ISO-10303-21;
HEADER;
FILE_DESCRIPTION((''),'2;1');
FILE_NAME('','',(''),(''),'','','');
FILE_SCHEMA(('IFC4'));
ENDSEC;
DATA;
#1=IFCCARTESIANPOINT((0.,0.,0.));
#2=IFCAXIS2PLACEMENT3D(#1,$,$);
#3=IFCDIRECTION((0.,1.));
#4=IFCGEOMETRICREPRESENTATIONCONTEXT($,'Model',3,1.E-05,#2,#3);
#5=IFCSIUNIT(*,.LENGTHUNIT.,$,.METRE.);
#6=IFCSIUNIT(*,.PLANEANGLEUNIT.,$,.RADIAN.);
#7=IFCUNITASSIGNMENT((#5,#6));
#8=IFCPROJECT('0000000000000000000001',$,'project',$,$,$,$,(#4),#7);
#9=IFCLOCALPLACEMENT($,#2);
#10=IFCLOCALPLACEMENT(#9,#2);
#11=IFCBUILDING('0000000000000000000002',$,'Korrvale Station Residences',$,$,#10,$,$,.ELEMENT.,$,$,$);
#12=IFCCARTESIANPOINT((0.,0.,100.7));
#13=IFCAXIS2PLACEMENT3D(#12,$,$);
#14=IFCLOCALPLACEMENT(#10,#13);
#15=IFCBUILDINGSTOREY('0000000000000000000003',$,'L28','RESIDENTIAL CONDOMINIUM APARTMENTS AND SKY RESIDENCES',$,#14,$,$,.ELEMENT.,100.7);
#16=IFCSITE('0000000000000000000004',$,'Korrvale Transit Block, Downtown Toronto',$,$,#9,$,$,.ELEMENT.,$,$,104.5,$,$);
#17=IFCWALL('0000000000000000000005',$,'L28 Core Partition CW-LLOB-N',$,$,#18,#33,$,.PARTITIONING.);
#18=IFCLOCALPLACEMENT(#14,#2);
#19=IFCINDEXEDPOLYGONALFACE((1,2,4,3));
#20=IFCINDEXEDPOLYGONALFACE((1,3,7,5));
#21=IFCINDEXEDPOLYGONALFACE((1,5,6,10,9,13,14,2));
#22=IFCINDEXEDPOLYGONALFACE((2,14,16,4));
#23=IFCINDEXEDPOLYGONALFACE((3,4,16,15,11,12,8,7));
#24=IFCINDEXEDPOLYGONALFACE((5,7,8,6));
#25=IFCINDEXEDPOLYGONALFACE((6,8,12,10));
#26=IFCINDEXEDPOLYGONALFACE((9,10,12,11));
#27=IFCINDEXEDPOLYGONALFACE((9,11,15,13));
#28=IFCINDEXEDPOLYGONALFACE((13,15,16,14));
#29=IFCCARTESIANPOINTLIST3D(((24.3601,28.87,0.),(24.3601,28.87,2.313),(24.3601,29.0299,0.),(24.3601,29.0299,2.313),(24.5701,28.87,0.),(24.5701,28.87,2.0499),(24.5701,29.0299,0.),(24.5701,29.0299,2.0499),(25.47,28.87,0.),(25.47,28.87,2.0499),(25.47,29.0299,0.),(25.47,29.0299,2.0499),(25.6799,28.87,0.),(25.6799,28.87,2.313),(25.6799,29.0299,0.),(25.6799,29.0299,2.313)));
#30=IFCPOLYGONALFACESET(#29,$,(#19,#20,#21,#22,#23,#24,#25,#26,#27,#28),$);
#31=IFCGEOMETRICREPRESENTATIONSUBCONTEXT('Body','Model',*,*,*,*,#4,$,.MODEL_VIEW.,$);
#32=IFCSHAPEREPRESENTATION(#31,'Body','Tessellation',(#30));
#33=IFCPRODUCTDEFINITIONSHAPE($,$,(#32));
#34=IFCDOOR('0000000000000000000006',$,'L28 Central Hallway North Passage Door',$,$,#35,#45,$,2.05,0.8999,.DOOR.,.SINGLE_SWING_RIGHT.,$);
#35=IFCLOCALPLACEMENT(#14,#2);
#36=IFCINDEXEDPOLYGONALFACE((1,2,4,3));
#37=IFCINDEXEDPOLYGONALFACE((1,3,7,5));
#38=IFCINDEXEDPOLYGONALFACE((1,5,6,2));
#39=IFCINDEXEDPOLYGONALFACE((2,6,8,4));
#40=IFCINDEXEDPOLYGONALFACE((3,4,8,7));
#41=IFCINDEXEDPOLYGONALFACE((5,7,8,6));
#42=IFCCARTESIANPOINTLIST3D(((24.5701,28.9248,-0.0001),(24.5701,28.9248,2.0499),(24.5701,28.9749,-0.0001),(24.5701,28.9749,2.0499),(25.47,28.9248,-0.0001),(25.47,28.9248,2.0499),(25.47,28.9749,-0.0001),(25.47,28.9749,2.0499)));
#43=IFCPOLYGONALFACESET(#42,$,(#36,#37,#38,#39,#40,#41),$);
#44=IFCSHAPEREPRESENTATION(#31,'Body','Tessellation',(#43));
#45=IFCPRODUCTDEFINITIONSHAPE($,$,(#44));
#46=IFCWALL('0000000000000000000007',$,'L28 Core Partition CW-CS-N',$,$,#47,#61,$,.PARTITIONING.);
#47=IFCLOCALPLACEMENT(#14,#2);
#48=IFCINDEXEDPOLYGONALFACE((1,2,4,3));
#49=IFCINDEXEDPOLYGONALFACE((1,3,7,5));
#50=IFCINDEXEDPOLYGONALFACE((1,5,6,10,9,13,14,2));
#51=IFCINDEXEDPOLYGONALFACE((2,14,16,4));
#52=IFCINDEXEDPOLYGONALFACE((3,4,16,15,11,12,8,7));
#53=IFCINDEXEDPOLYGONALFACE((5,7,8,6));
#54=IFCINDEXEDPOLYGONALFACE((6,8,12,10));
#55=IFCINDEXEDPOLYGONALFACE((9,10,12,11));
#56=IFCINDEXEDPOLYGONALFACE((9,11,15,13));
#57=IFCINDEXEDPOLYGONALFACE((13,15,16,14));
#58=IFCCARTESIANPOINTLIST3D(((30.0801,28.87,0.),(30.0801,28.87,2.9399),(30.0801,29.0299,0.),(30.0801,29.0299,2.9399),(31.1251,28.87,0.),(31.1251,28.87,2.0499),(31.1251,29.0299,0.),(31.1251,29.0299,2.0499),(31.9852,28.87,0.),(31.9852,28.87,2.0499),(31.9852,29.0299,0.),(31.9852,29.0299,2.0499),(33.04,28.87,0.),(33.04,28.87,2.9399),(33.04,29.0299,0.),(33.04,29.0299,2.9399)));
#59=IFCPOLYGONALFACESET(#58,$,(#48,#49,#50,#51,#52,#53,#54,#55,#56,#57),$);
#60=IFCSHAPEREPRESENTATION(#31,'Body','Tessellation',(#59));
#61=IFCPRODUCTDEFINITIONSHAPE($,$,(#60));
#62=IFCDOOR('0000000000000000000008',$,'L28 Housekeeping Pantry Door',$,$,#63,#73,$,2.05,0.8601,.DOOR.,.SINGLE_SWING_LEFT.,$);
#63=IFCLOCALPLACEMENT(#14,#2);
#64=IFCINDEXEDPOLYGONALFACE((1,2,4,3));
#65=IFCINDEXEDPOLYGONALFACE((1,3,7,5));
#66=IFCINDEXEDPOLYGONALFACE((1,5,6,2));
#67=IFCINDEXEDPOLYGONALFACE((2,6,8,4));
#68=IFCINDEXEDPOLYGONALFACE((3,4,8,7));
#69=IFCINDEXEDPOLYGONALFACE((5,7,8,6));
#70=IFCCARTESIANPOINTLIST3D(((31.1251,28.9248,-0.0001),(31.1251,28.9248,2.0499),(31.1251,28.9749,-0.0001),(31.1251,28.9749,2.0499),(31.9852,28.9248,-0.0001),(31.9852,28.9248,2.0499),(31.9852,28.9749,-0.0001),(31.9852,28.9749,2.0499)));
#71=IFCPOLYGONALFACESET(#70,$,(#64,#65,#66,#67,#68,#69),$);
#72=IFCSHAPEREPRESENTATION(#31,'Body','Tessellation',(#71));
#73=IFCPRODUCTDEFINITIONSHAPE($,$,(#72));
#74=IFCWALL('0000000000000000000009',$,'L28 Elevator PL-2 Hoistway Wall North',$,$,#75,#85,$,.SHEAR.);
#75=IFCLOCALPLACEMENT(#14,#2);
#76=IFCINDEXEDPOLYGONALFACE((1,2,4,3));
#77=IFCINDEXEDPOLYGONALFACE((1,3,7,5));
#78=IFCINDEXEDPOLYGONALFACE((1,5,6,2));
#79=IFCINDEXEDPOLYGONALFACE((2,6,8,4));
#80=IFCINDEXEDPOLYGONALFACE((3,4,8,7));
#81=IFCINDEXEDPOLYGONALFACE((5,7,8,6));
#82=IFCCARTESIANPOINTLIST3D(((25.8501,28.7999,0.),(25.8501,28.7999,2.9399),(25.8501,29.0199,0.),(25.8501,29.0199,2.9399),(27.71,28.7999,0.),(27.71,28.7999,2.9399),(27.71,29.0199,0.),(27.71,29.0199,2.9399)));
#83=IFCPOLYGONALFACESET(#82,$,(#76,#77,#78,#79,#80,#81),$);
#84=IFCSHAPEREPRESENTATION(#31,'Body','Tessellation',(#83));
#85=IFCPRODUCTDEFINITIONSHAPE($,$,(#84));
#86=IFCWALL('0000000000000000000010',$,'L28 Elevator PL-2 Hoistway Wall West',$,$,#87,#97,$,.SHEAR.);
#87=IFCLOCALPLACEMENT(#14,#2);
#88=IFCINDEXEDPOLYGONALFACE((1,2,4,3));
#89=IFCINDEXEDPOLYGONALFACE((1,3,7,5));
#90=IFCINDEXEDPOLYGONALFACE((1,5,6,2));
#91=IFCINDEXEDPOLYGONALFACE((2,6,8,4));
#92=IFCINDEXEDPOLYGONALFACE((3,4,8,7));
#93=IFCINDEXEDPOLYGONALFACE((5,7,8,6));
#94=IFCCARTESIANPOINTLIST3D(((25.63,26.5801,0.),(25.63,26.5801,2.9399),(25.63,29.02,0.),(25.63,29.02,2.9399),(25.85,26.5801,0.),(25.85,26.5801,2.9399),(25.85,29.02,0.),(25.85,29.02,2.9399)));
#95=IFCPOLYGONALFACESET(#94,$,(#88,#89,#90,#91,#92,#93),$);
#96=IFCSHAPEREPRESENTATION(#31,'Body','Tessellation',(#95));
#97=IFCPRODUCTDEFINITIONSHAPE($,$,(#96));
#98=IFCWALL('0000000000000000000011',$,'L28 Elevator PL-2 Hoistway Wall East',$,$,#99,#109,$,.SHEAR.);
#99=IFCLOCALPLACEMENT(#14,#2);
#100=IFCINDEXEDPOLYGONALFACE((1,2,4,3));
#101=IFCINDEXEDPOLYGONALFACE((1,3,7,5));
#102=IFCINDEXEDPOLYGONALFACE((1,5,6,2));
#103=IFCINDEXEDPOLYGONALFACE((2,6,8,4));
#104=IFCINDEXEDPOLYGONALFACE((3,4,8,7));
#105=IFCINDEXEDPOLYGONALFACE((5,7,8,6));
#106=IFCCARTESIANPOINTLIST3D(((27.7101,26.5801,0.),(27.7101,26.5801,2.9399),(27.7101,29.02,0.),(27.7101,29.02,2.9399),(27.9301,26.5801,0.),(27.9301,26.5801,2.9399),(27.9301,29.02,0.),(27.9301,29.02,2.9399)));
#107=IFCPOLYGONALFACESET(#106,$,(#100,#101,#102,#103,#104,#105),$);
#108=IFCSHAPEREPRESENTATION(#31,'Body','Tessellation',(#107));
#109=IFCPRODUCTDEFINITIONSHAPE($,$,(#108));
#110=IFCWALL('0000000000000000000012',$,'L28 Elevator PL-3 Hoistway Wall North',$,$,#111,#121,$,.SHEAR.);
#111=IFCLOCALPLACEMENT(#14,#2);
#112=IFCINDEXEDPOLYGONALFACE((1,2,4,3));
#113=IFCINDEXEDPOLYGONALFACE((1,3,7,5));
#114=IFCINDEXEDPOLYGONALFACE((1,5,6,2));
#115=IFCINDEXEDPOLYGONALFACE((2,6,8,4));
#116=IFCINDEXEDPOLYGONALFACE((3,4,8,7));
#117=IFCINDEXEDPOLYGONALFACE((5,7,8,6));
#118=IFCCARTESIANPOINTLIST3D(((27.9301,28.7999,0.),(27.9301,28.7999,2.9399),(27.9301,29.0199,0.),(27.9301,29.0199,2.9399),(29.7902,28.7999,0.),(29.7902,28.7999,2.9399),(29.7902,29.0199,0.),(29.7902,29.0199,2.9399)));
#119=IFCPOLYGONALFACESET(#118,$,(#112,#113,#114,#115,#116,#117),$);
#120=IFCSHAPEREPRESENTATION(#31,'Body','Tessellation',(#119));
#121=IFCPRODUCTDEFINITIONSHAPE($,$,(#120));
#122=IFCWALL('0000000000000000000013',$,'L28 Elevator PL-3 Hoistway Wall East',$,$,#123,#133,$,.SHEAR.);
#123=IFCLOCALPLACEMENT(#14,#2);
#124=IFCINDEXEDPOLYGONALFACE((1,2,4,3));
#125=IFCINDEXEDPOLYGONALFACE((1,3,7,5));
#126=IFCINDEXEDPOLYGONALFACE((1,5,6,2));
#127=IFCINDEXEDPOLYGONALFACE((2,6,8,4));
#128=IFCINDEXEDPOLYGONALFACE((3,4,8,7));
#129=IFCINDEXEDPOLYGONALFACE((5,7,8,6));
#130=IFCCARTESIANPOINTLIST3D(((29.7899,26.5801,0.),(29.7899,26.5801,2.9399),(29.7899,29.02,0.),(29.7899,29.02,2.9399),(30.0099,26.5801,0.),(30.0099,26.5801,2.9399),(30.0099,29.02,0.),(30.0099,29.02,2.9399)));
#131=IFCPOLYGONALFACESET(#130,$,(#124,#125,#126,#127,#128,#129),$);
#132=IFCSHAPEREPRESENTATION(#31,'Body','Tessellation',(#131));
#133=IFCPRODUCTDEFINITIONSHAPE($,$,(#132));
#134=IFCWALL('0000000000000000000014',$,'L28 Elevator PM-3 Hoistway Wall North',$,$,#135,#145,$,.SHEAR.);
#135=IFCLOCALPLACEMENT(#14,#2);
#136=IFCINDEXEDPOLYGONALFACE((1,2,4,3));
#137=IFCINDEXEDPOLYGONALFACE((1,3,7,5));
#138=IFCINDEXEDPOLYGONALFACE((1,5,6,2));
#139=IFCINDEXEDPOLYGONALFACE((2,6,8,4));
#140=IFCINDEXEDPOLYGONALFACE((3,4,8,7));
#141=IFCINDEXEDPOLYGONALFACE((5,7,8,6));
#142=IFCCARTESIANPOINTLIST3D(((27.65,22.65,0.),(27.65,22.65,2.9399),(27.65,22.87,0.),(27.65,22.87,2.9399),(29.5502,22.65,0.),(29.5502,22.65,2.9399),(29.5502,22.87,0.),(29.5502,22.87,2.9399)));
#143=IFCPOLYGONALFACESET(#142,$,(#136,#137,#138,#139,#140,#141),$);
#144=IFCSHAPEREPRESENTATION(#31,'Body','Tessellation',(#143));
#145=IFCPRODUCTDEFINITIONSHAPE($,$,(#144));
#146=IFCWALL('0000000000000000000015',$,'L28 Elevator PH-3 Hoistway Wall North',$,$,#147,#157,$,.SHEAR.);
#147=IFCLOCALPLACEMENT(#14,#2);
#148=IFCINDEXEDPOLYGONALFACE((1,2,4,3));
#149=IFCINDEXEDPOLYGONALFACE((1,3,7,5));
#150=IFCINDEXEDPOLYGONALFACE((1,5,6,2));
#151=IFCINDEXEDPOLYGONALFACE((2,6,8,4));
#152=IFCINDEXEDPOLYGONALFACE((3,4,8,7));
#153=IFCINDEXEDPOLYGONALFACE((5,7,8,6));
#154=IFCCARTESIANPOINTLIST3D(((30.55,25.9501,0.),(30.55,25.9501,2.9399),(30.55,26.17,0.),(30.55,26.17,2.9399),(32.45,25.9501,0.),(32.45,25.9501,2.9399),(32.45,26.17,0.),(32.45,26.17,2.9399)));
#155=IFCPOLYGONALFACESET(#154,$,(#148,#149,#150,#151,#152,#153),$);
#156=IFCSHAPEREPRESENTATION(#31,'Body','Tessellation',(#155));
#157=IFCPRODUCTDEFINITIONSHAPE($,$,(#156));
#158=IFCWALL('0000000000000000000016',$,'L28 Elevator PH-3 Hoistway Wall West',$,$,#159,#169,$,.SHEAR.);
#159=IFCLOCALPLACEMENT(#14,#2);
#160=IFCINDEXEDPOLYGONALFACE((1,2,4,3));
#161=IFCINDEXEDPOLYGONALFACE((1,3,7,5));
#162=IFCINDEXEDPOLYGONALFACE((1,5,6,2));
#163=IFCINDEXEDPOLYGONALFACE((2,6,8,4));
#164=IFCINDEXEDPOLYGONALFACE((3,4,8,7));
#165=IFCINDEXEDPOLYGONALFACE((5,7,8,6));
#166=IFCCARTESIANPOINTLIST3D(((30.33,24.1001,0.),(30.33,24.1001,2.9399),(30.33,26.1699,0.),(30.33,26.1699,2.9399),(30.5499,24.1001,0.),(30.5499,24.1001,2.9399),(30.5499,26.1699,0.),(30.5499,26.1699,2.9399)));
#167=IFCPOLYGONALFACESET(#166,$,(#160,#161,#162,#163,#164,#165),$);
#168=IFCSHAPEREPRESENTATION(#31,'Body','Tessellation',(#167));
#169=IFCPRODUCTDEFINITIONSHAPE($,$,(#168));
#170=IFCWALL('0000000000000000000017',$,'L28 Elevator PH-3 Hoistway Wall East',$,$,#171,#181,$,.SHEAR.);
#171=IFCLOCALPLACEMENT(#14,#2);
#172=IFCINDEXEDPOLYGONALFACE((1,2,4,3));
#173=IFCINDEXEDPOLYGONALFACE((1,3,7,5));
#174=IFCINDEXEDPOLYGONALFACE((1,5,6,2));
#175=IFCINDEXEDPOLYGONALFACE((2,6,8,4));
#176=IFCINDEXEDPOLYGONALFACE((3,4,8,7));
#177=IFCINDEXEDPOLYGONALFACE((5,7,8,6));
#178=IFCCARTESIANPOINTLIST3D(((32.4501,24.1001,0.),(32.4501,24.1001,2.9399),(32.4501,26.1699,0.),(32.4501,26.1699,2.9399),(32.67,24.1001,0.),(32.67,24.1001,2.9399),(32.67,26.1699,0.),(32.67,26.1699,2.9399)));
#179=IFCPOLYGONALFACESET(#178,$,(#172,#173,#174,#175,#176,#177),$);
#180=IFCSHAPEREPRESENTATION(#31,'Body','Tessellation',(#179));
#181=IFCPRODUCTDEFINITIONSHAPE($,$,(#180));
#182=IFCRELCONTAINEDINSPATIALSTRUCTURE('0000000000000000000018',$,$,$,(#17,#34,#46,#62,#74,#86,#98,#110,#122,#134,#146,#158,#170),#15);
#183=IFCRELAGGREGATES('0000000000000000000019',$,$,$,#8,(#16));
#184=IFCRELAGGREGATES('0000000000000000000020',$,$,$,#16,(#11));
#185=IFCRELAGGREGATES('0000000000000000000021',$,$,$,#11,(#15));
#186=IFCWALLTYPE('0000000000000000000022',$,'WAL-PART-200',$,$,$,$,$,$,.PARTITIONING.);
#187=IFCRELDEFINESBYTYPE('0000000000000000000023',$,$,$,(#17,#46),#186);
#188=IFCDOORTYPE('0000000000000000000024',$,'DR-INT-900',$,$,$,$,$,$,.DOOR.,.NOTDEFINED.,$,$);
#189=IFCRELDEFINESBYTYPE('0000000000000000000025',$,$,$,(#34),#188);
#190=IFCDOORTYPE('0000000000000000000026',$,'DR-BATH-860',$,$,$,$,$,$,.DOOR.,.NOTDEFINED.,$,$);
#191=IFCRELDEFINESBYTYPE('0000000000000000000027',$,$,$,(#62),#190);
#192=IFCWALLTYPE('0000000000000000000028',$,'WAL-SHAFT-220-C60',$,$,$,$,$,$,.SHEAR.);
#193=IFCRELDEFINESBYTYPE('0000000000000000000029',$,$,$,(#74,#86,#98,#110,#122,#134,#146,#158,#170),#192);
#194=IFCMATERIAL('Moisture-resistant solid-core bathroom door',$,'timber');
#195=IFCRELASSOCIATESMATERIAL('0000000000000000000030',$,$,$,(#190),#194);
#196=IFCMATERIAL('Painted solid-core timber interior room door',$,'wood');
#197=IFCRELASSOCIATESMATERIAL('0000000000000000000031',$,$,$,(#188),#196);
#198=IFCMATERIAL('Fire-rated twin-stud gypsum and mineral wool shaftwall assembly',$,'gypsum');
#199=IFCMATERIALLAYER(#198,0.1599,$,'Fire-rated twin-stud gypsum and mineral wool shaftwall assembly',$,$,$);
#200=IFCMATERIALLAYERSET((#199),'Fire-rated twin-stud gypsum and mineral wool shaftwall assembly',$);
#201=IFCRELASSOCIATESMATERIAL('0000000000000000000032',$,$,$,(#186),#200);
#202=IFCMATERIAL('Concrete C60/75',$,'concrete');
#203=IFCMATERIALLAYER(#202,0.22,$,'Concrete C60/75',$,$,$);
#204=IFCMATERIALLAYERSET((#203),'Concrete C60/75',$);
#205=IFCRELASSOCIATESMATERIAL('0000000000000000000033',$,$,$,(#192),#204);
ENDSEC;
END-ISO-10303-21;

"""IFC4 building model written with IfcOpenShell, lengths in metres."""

from ifc_helpers import new_model, si_unit, direction, frame, frame_2d, origin, place, context, subcontext, project, spatial, rectangle, extrude, material, layer, layer_set, type_object, element, fill, save


model = new_model("IFC4")

# Units and contexts
model_context = context("Model", 3, precision=1e-05, world=origin(), true_north=direction((0.0, 1.0)))
body_context = subcontext(model_context, "Body", "Model", "MODEL_VIEW")
ifc_project = project(units=[si_unit("LENGTHUNIT", "METRE"), si_unit("PLANEANGLEUNIT", "RADIAN")], contexts=[model_context])

# Site, building, storey
site_placement = place(None, origin())
site = spatial("IfcSite", under=ifc_project, at=site_placement, Name="Korrvale Transit Block, Downtown Toronto", CompositionType="ELEMENT", RefElevation=104.5)
building_placement = place(site_placement, origin())
building = spatial("IfcBuilding", under=site, at=building_placement, Name="Korrvale Station Residences", CompositionType="ELEMENT")
storey_placement = place(building_placement, frame((0.0, 0.0, 100.7)))
storey = spatial("IfcBuildingStorey", under=building, at=storey_placement, Name="L28", Description="RESIDENTIAL CONDOMINIUM APARTMENTS AND SKY RESIDENCES", CompositionType="ELEMENT", Elevation=100.7)

# Shared definitions
ifc_material_1 = material(Name="Concrete C60/75", Category="concrete")

# Shared definitions
ifc_material_2 = material(Name="Moisture-resistant solid-core bathroom door", Category="timber")
door_type_1 = type_object("IfcDoorType", Name="DR-BATH-860", OperationType="NOTDEFINED", PredefinedType="DOOR", material=ifc_material_2)
ifc_material_3 = material(Name="Painted solid-core timber interior room door", Category="wood")
door_type_2 = type_object("IfcDoorType", Name="DR-INT-900", OperationType="NOTDEFINED", PredefinedType="DOOR", material=ifc_material_3)

# Shared definitions
ifc_material_4 = material(Name="Fire-rated twin-stud gypsum and mineral wool shaftwall assembly", Category="gypsum")
ifc_layer_1 = layer(ifc_material_4, 0.1599, Name="Fire-rated twin-stud gypsum and mineral wool shaftwall assembly")
ifc_layer_set_1 = layer_set([ifc_layer_1], Name="Fire-rated twin-stud gypsum and mineral wool shaftwall assembly")
wall_type_1 = type_object("IfcWallType", Name="WAL-PART-200", PredefinedType="PARTITIONING", material=ifc_layer_set_1)

# Walls, openings, doors
wall_1_placement = place(storey_placement, frame((24.3601, 28.95, 0.0), z_axis=(0.0, 0.0, 1.0), x_axis=(1.0, 0.0, 0.0)))
wall_1 = element("IfcWall", 1, at=wall_1_placement, inside=storey, type_object=wall_type_1, Name="L28 Core Partition CW-LLOB-N", PredefinedType="PARTITIONING", context=body_context, shape_type="SweptSolid", body=[
    extrude(rectangle(XDim=1.3198, YDim=0.1599, at=frame_2d((0.6599, 0.0))), origin(), (0.0, 0.0, 1.0), 2.313),
])
opening_1_placement = place(wall_1_placement, frame((0.21, 0.0, 0.0)))
opening_1 = element("IfcOpeningElement", 2, at=opening_1_placement, cuts=wall_1, PredefinedType="OPENING", context=body_context, shape_type="SweptSolid", body=[
    extrude(rectangle(XDim=0.8999, YDim=2.05, at=frame_2d((0.45, 1.0249))), frame((0.0, 0.0898, 0.0), z_axis=(0.0, -1.0, 0.0), x_axis=(1.0, 0.0, 0.0)), (0.0, 0.0, 1.0), 0.1799),
])
door_1_placement = place(opening_1_placement, origin())
door_1 = element("IfcDoor", 3, at=door_1_placement, inside=storey, type_object=door_type_2, Name="L28 Central Hallway North Passage Door", OperationType="SINGLE_SWING_RIGHT", OverallHeight=2.05, OverallWidth=0.8999, PredefinedType="DOOR", context=body_context, shape_type="SweptSolid", body=[
    extrude(rectangle(XDim=0.8999, YDim=2.05, at=frame_2d((0.45, 1.0249))), frame((0.0, 0.0249, 0.0), z_axis=(0.0, -1.0, 0.0), x_axis=(1.0, 0.0, 0.0)), (0.0, 0.0, 1.0), 0.05),
])
fill(opening_1, door_1)
wall_2_placement = place(storey_placement, frame((30.0801, 28.95, 0.0), z_axis=(0.0, 0.0, 1.0), x_axis=(1.0, 0.0, 0.0)))
wall_2 = element("IfcWall", 4, at=wall_2_placement, inside=storey, type_object=wall_type_1, Name="L28 Core Partition CW-CS-N", PredefinedType="PARTITIONING", context=body_context, shape_type="SweptSolid", body=[
    extrude(rectangle(XDim=2.96, YDim=0.1599, at=frame_2d((1.48, 0.0))), origin(), (0.0, 0.0, 1.0), 2.9399),
])
opening_2_placement = place(wall_2_placement, frame((1.0449, 0.0, 0.0)))
opening_2 = element("IfcOpeningElement", 5, at=opening_2_placement, cuts=wall_2, PredefinedType="OPENING", context=body_context, shape_type="SweptSolid", body=[
    extrude(rectangle(XDim=0.8601, YDim=2.05, at=frame_2d((0.4302, 1.0249))), frame((0.0, 0.0898, 0.0), z_axis=(0.0, -1.0, 0.0), x_axis=(1.0, 0.0, 0.0)), (0.0, 0.0, 1.0), 0.1799),
])
door_2_placement = place(opening_2_placement, origin())
door_2 = element("IfcDoor", 6, at=door_2_placement, inside=storey, type_object=door_type_1, Name="L28 Housekeeping Pantry Door", OperationType="SINGLE_SWING_LEFT", OverallHeight=2.05, OverallWidth=0.8601, PredefinedType="DOOR", context=body_context, shape_type="SweptSolid", body=[
    extrude(rectangle(XDim=0.8601, YDim=2.05, at=frame_2d((0.4302, 1.0249))), frame((0.0, 0.0249, 0.0), z_axis=(0.0, -1.0, 0.0), x_axis=(1.0, 0.0, 0.0)), (0.0, 0.0, 1.0), 0.05),
])
fill(opening_2, door_2)
ifc_layer_2 = layer(ifc_material_1, 0.22, Name="Concrete C60/75")
ifc_layer_set_2 = layer_set([ifc_layer_2], Name="Concrete C60/75")
wall_type_2 = type_object("IfcWallType", Name="WAL-SHAFT-220-C60", PredefinedType="SHEAR", material=ifc_layer_set_2)

# Walls
wall_3_placement = place(storey_placement, frame((25.8501, 28.9099, 0.0), z_axis=(0.0, 0.0, 1.0), x_axis=(1.0, 0.0, 0.0)))
element("IfcWall", 7, at=wall_3_placement, inside=storey, type_object=wall_type_2, Name="L28 Elevator PL-2 Hoistway Wall North", PredefinedType="SHEAR", context=body_context, shape_type="SweptSolid", body=[
    extrude(rectangle(XDim=1.8599, YDim=0.22, at=frame_2d((0.9299, 0.0))), origin(), (0.0, 0.0, 1.0), 2.9399),
])
for number, where, z_axis, x_axis, name in (
    (8, (25.74, 26.5801, 0.0), (0.0, 0.0, 1.0), (0.0, 1.0, 0.0), "L28 Elevator PL-2 Hoistway Wall West"),
    (9, (27.8201, 26.5801, 0.0), (0.0, 0.0, 1.0), (0.0, 1.0, 0.0), "L28 Elevator PL-2 Hoistway Wall East"),
):
    element("IfcWall", number, at=place(storey_placement, frame(where, z_axis=z_axis, x_axis=x_axis)), inside=storey, type_object=wall_type_2, Name=name, PredefinedType="SHEAR", context=body_context, shape_type="SweptSolid", body=[
        extrude(rectangle(XDim=2.4399, YDim=0.22, at=frame_2d((1.22, 0.0))), origin(), (0.0, 0.0, 1.0), 2.9399),
    ])

# Walls
wall_4_placement = place(storey_placement, frame((27.9299, 28.9099, 0.0), z_axis=(0.0, 0.0, 1.0), x_axis=(1.0, 0.0, 0.0)))
element("IfcWall", 10, at=wall_4_placement, inside=storey, type_object=wall_type_2, Name="L28 Elevator PL-3 Hoistway Wall North", PredefinedType="SHEAR", context=body_context, shape_type="SweptSolid", body=[
    extrude(rectangle(XDim=1.8601, YDim=0.22, at=frame_2d((0.9302, 0.0))), origin(), (0.0, 0.0, 1.0), 2.9399),
])
wall_5_placement = place(storey_placement, frame((29.8999, 26.5801, 0.0), z_axis=(0.0, 0.0, 1.0), x_axis=(0.0, 1.0, 0.0)))
element("IfcWall", 11, at=wall_5_placement, inside=storey, type_object=wall_type_2, Name="L28 Elevator PL-3 Hoistway Wall East", PredefinedType="SHEAR", context=body_context, shape_type="SweptSolid", body=[
    extrude(rectangle(XDim=2.4399, YDim=0.22, at=frame_2d((1.22, 0.0))), origin(), (0.0, 0.0, 1.0), 2.9399),
])
wall_6_placement = place(storey_placement, frame((27.6499, 22.76, 0.0), z_axis=(0.0, 0.0, 1.0), x_axis=(1.0, 0.0, 0.0)))
element("IfcWall", 12, at=wall_6_placement, inside=storey, type_object=wall_type_2, Name="L28 Elevator PM-3 Hoistway Wall North", PredefinedType="SHEAR", context=body_context, shape_type="SweptSolid", body=[
    extrude(rectangle(XDim=1.9001, YDim=0.22, at=frame_2d((0.9502, 0.0))), origin(), (0.0, 0.0, 1.0), 2.9399),
])
wall_7_placement = place(storey_placement, frame((30.55, 26.0601, 0.0), z_axis=(0.0, 0.0, 1.0), x_axis=(1.0, 0.0, 0.0)))
element("IfcWall", 13, at=wall_7_placement, inside=storey, type_object=wall_type_2, Name="L28 Elevator PH-3 Hoistway Wall North", PredefinedType="SHEAR", context=body_context, shape_type="SweptSolid", body=[
    extrude(rectangle(XDim=1.8999, YDim=0.22, at=frame_2d((0.95, 0.0))), origin(), (0.0, 0.0, 1.0), 2.9399),
])
for number, where, z_axis, x_axis, name in (
    (14, (30.4399, 24.1001, 0.0), (0.0, 0.0, 1.0), (0.0, 1.0, 0.0), "L28 Elevator PH-3 Hoistway Wall West"),
    (15, (32.5601, 24.1001, 0.0), (0.0, 0.0, 1.0), (0.0, 1.0, 0.0), "L28 Elevator PH-3 Hoistway Wall East"),
):
    element("IfcWall", number, at=place(storey_placement, frame(where, z_axis=z_axis, x_axis=x_axis)), inside=storey, type_object=wall_type_2, Name=name, PredefinedType="SHEAR", context=body_context, shape_type="SweptSolid", body=[
        extrude(rectangle(XDim=2.0698, YDim=0.22, at=frame_2d((1.0349, 0.0))), origin(), (0.0, 0.0, 1.0), 2.9399),
    ])

save(model, "model.ifc")
